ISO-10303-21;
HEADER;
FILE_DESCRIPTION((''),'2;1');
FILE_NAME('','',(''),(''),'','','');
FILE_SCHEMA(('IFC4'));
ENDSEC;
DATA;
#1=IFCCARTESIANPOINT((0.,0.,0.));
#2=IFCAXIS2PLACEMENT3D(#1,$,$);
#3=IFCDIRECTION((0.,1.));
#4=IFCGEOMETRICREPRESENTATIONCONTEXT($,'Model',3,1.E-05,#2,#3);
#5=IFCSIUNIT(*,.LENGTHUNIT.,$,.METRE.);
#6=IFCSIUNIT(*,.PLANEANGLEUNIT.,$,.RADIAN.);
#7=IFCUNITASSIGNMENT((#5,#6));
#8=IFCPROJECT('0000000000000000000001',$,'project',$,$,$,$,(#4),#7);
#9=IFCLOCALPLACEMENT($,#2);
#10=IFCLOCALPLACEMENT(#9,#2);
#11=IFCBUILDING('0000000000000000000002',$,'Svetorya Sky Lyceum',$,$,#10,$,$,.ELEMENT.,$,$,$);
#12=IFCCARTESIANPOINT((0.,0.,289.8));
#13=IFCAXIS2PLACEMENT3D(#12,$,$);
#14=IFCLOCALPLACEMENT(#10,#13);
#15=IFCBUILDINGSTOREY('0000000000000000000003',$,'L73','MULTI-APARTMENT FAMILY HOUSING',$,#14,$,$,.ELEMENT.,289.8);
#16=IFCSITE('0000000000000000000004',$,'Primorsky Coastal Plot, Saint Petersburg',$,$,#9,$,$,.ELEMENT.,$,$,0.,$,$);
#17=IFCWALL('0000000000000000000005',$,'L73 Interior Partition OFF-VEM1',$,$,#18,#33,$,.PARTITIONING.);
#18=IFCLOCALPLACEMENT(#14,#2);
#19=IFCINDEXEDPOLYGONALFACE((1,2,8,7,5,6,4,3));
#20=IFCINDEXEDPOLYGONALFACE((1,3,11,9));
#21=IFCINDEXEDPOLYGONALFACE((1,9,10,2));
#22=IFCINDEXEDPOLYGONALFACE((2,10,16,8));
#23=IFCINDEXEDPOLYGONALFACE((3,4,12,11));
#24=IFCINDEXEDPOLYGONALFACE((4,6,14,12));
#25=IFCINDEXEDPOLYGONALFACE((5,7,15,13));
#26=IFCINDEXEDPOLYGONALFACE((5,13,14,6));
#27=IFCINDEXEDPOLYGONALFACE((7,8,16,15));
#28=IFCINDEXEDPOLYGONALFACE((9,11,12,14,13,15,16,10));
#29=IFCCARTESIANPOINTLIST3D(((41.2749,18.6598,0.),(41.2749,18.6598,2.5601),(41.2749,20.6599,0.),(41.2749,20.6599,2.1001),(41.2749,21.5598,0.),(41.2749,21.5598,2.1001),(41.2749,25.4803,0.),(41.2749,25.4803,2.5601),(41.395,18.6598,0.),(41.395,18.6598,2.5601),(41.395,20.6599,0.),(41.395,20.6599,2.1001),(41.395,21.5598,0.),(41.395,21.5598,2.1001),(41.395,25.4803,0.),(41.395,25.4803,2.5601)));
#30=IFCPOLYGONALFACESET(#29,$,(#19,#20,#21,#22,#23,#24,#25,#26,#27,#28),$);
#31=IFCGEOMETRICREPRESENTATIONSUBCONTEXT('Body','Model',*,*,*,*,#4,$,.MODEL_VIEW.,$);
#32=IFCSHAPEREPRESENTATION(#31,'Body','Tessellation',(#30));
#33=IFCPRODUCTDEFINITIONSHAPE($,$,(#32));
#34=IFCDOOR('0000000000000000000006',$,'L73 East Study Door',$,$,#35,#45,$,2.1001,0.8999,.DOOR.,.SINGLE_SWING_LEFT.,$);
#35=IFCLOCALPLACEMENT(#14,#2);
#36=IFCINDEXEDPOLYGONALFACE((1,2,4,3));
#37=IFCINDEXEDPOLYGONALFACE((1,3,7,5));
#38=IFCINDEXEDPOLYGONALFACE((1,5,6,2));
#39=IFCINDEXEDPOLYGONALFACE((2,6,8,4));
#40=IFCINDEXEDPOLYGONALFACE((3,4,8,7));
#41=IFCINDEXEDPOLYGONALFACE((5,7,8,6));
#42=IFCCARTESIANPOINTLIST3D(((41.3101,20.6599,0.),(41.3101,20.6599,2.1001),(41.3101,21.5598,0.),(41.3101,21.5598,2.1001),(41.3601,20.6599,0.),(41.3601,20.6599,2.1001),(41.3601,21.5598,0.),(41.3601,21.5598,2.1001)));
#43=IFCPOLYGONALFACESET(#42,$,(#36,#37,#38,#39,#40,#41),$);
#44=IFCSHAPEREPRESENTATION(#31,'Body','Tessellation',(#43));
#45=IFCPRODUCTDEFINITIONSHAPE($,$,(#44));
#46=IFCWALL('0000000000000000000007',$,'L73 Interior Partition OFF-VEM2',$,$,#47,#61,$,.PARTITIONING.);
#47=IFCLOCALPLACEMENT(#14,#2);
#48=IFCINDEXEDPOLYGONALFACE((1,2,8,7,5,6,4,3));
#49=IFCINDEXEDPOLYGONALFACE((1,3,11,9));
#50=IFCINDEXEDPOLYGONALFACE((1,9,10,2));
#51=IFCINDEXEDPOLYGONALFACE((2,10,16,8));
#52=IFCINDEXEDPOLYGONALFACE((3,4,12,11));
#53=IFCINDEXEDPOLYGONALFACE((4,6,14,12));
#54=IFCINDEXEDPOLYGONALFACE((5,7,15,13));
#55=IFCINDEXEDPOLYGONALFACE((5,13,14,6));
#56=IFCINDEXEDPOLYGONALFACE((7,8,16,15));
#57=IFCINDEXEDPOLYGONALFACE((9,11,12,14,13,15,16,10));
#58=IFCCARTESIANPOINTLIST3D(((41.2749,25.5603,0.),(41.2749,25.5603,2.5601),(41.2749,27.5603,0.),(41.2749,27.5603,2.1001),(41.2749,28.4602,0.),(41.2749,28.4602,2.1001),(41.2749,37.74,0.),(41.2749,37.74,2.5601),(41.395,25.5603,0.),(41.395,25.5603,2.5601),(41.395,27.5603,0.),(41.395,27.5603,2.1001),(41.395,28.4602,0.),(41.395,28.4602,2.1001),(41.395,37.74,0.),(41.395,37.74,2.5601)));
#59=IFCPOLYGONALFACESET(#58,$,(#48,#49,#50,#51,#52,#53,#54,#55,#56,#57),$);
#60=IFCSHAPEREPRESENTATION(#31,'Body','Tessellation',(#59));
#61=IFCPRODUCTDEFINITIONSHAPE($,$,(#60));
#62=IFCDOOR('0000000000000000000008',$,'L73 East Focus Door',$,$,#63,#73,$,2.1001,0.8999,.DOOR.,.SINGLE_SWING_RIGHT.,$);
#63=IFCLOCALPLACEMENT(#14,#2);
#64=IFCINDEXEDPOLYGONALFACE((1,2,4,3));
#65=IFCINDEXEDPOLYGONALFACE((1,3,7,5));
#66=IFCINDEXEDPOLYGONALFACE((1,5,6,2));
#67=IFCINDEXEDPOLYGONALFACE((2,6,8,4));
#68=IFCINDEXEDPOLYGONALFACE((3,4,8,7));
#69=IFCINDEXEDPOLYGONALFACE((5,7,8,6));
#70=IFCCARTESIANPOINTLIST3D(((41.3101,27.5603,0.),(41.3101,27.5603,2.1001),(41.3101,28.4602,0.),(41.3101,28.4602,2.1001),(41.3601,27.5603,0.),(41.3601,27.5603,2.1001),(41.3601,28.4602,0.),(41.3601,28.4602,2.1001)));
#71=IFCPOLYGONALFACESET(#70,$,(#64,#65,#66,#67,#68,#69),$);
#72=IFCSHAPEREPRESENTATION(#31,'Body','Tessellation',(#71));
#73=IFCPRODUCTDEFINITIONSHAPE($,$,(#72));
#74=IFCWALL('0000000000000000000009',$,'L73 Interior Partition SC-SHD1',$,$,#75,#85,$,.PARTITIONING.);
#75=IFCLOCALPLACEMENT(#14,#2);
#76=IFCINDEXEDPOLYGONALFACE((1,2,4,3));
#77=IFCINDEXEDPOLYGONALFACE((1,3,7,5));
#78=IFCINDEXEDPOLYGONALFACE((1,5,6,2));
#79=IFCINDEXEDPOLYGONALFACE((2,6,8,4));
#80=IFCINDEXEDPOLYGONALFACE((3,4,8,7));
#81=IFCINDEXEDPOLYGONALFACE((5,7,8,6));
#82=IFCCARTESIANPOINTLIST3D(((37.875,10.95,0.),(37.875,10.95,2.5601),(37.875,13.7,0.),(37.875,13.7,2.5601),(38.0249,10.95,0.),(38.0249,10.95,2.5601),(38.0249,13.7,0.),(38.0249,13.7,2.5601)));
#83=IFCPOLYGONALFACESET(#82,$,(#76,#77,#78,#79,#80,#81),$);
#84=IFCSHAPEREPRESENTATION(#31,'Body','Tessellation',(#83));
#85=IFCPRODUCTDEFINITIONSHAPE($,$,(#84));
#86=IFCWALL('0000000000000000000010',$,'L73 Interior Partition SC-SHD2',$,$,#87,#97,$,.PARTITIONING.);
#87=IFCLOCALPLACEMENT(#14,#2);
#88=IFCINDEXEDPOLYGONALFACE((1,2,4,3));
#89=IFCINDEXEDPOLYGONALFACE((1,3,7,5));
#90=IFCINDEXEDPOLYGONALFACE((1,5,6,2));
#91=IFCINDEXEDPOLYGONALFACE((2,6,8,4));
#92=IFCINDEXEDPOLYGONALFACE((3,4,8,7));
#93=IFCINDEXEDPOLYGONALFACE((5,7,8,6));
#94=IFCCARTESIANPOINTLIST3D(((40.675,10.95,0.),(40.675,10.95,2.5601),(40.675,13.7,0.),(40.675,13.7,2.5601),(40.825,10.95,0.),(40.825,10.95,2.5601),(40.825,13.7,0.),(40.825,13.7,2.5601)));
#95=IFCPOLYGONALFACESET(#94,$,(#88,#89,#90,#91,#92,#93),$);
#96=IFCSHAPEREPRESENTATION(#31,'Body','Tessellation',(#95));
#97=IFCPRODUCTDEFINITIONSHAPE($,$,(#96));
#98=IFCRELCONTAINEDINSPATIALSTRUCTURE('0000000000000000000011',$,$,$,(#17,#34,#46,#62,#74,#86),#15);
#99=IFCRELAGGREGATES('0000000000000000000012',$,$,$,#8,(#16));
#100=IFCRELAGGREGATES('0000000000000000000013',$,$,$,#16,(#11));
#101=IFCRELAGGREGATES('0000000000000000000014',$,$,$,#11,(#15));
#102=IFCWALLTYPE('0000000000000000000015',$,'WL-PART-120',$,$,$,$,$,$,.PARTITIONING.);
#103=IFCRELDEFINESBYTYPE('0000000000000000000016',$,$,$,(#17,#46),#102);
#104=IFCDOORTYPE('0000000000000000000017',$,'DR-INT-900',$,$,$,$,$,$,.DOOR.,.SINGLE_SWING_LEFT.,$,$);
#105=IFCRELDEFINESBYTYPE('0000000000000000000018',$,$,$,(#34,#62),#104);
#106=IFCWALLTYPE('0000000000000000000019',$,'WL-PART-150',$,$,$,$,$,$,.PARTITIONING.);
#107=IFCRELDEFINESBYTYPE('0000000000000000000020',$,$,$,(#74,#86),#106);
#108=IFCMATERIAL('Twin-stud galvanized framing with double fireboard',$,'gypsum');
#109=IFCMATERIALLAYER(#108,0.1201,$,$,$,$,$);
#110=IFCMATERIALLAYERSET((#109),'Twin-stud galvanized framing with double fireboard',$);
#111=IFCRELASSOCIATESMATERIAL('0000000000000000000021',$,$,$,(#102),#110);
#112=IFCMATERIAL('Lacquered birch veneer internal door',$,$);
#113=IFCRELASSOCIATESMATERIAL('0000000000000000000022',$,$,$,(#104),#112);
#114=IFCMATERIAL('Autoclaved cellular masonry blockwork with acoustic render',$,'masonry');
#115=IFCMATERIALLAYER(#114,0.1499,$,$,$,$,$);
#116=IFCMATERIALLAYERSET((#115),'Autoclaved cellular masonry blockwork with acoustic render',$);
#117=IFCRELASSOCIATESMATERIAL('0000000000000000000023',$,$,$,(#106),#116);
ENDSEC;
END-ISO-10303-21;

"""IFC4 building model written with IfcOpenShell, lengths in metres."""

from ifc_helpers import new_model, si_unit, direction, frame, frame_2d, origin, place, context, subcontext, project, spatial, rectangle, extrude, material, layer, layer_set, type_object, element, fill, save


model = new_model("IFC4")

# Units and contexts
model_context = context("Model", 3, precision=1e-05, world=origin(), true_north=direction((0.0, 1.0)))
body_context = subcontext(model_context, "Body", "Model", "MODEL_VIEW")
ifc_project = project(units=[si_unit("LENGTHUNIT", "METRE"), si_unit("PLANEANGLEUNIT", "RADIAN")], contexts=[model_context])

# Site, building, storey
site_placement = place(None, origin())
site = spatial("IfcSite", under=ifc_project, at=site_placement, Name="Primorsky Coastal Plot, Saint Petersburg", CompositionType="ELEMENT", RefElevation=0.0)
building_placement = place(site_placement, origin())
building = spatial("IfcBuilding", under=site, at=building_placement, Name="Svetorya Sky Lyceum", CompositionType="ELEMENT")
storey_placement = place(building_placement, frame((0.0, 0.0, 289.8)))
storey = spatial("IfcBuildingStorey", under=building, at=storey_placement, Name="L73", Description="MULTI-APARTMENT FAMILY HOUSING", CompositionType="ELEMENT", Elevation=289.8)

# Walls, openings, doors
ifc_material_1 = material(Name="Twin-stud galvanized framing with double fireboard", Category="gypsum")
ifc_layer_1 = layer(ifc_material_1, 0.1201)
ifc_layer_set_1 = layer_set([ifc_layer_1], Name="Twin-stud galvanized framing with double fireboard")
wall_type_1 = type_object("IfcWallType", Name="WL-PART-120", PredefinedType="PARTITIONING", material=ifc_layer_set_1)
wall_1_placement = place(storey_placement, frame((41.335, 18.6599, 0.0), z_axis=(0.0, 0.0, 1.0), x_axis=(0.0, 1.0, 0.0)))
wall_1 = element("IfcWall", 1, at=wall_1_placement, inside=storey, type_object=wall_type_1, Name="L73 Interior Partition OFF-VEM1", PredefinedType="PARTITIONING", context=body_context, shape_type="SweptSolid", body=[
    extrude(rectangle(XDim=6.8206, YDim=0.1201, at=frame_2d((3.4102, 0.0))), origin(), (0.0, 0.0, 1.0), 2.5601),
])
opening_1_placement = place(wall_1_placement, frame((2.0, 0.0, 0.0)))
opening_1 = element("IfcOpeningElement", 2, at=opening_1_placement, cuts=wall_1, PredefinedType="OPENING", context=body_context, shape_type="SweptSolid", body=[
    extrude(rectangle(XDim=0.8999, YDim=2.1001, at=frame_2d((0.45, 1.05))), frame((0.0, 0.0701, 0.0), z_axis=(0.0, -1.0, 0.0), x_axis=(1.0, 0.0, 0.0)), (0.0, 0.0, 1.0), 0.1401),
])
ifc_material_2 = material(Name="Lacquered birch veneer internal door")
door_type_1 = type_object("IfcDoorType", Name="DR-INT-900", OperationType="SINGLE_SWING_LEFT", PredefinedType="DOOR", material=ifc_material_2)
door_1_placement = place(opening_1_placement, origin())
door_1 = element("IfcDoor", 3, at=door_1_placement, inside=storey, type_object=door_type_1, Name="L73 East Study Door", OperationType="SINGLE_SWING_LEFT", OverallHeight=2.1001, OverallWidth=0.8999, PredefinedType="DOOR", context=body_context, shape_type="SweptSolid", body=[
    extrude(rectangle(XDim=0.8999, YDim=2.1001, at=frame_2d((0.45, 1.05))), frame((0.0, 0.0249, 0.0), z_axis=(0.0, -1.0, 0.0), x_axis=(1.0, 0.0, 0.0)), (0.0, 0.0, 1.0), 0.05),
])
fill(opening_1, door_1)
wall_2_placement = place(storey_placement, frame((41.335, 25.5603, 0.0), z_axis=(0.0, 0.0, 1.0), x_axis=(0.0, 1.0, 0.0)))
wall_2 = element("IfcWall", 4, at=wall_2_placement, inside=storey, type_object=wall_type_1, Name="L73 Interior Partition OFF-VEM2", PredefinedType="PARTITIONING", context=body_context, shape_type="SweptSolid", body=[
    extrude(rectangle(XDim=12.1797, YDim=0.1201, at=frame_2d((6.0898, 0.0))), origin(), (0.0, 0.0, 1.0), 2.5601),
])
opening_2_placement = place(wall_2_placement, frame((2.0, 0.0, 0.0)))
opening_2 = element("IfcOpeningElement", 5, at=opening_2_placement, cuts=wall_2, PredefinedType="OPENING", context=body_context, shape_type="SweptSolid", body=[
    extrude(rectangle(XDim=0.8999, YDim=2.1001, at=frame_2d((0.45, 1.05))), frame((0.0, 0.0701, 0.0), z_axis=(0.0, -1.0, 0.0), x_axis=(1.0, 0.0, 0.0)), (0.0, 0.0, 1.0), 0.1401),
])
door_2_placement = place(opening_2_placement, origin())
door_2 = element("IfcDoor", 6, at=door_2_placement, inside=storey, type_object=door_type_1, Name="L73 East Focus Door", OperationType="SINGLE_SWING_RIGHT", OverallHeight=2.1001, OverallWidth=0.8999, PredefinedType="DOOR", context=body_context, shape_type="SweptSolid", body=[
    extrude(rectangle(XDim=0.8999, YDim=2.1001, at=frame_2d((0.45, 1.05))), frame((0.0, 0.0249, 0.0), z_axis=(0.0, -1.0, 0.0), x_axis=(1.0, 0.0, 0.0)), (0.0, 0.0, 1.0), 0.05),
])
fill(opening_2, door_2)

# Walls
ifc_material_3 = material(Name="Autoclaved cellular masonry blockwork with acoustic render", Category="masonry")
ifc_layer_2 = layer(ifc_material_3, 0.1499)
ifc_layer_set_2 = layer_set([ifc_layer_2], Name="Autoclaved cellular masonry blockwork with acoustic render")
wall_type_2 = type_object("IfcWallType", Name="WL-PART-150", PredefinedType="PARTITIONING", material=ifc_layer_set_2)
for number, where, z_axis, x_axis, name in (
    (7, (37.95, 10.95, 0.0), (0.0, 0.0, 1.0), (0.0, 1.0, 0.0), "L73 Interior Partition SC-SHD1"),
    (8, (40.75, 10.95, 0.0), (0.0, 0.0, 1.0), (0.0, 1.0, 0.0), "L73 Interior Partition SC-SHD2"),
):
    element("IfcWall", number, at=place(storey_placement, frame(where, z_axis=z_axis, x_axis=x_axis)), inside=storey, type_object=wall_type_2, Name=name, PredefinedType="PARTITIONING", context=body_context, shape_type="SweptSolid", body=[
        extrude(rectangle(XDim=2.75, YDim=0.1499, at=frame_2d((1.375, 0.0))), origin(), (0.0, 0.0, 1.0), 2.5601),
    ])

save(model, "model.ifc")
